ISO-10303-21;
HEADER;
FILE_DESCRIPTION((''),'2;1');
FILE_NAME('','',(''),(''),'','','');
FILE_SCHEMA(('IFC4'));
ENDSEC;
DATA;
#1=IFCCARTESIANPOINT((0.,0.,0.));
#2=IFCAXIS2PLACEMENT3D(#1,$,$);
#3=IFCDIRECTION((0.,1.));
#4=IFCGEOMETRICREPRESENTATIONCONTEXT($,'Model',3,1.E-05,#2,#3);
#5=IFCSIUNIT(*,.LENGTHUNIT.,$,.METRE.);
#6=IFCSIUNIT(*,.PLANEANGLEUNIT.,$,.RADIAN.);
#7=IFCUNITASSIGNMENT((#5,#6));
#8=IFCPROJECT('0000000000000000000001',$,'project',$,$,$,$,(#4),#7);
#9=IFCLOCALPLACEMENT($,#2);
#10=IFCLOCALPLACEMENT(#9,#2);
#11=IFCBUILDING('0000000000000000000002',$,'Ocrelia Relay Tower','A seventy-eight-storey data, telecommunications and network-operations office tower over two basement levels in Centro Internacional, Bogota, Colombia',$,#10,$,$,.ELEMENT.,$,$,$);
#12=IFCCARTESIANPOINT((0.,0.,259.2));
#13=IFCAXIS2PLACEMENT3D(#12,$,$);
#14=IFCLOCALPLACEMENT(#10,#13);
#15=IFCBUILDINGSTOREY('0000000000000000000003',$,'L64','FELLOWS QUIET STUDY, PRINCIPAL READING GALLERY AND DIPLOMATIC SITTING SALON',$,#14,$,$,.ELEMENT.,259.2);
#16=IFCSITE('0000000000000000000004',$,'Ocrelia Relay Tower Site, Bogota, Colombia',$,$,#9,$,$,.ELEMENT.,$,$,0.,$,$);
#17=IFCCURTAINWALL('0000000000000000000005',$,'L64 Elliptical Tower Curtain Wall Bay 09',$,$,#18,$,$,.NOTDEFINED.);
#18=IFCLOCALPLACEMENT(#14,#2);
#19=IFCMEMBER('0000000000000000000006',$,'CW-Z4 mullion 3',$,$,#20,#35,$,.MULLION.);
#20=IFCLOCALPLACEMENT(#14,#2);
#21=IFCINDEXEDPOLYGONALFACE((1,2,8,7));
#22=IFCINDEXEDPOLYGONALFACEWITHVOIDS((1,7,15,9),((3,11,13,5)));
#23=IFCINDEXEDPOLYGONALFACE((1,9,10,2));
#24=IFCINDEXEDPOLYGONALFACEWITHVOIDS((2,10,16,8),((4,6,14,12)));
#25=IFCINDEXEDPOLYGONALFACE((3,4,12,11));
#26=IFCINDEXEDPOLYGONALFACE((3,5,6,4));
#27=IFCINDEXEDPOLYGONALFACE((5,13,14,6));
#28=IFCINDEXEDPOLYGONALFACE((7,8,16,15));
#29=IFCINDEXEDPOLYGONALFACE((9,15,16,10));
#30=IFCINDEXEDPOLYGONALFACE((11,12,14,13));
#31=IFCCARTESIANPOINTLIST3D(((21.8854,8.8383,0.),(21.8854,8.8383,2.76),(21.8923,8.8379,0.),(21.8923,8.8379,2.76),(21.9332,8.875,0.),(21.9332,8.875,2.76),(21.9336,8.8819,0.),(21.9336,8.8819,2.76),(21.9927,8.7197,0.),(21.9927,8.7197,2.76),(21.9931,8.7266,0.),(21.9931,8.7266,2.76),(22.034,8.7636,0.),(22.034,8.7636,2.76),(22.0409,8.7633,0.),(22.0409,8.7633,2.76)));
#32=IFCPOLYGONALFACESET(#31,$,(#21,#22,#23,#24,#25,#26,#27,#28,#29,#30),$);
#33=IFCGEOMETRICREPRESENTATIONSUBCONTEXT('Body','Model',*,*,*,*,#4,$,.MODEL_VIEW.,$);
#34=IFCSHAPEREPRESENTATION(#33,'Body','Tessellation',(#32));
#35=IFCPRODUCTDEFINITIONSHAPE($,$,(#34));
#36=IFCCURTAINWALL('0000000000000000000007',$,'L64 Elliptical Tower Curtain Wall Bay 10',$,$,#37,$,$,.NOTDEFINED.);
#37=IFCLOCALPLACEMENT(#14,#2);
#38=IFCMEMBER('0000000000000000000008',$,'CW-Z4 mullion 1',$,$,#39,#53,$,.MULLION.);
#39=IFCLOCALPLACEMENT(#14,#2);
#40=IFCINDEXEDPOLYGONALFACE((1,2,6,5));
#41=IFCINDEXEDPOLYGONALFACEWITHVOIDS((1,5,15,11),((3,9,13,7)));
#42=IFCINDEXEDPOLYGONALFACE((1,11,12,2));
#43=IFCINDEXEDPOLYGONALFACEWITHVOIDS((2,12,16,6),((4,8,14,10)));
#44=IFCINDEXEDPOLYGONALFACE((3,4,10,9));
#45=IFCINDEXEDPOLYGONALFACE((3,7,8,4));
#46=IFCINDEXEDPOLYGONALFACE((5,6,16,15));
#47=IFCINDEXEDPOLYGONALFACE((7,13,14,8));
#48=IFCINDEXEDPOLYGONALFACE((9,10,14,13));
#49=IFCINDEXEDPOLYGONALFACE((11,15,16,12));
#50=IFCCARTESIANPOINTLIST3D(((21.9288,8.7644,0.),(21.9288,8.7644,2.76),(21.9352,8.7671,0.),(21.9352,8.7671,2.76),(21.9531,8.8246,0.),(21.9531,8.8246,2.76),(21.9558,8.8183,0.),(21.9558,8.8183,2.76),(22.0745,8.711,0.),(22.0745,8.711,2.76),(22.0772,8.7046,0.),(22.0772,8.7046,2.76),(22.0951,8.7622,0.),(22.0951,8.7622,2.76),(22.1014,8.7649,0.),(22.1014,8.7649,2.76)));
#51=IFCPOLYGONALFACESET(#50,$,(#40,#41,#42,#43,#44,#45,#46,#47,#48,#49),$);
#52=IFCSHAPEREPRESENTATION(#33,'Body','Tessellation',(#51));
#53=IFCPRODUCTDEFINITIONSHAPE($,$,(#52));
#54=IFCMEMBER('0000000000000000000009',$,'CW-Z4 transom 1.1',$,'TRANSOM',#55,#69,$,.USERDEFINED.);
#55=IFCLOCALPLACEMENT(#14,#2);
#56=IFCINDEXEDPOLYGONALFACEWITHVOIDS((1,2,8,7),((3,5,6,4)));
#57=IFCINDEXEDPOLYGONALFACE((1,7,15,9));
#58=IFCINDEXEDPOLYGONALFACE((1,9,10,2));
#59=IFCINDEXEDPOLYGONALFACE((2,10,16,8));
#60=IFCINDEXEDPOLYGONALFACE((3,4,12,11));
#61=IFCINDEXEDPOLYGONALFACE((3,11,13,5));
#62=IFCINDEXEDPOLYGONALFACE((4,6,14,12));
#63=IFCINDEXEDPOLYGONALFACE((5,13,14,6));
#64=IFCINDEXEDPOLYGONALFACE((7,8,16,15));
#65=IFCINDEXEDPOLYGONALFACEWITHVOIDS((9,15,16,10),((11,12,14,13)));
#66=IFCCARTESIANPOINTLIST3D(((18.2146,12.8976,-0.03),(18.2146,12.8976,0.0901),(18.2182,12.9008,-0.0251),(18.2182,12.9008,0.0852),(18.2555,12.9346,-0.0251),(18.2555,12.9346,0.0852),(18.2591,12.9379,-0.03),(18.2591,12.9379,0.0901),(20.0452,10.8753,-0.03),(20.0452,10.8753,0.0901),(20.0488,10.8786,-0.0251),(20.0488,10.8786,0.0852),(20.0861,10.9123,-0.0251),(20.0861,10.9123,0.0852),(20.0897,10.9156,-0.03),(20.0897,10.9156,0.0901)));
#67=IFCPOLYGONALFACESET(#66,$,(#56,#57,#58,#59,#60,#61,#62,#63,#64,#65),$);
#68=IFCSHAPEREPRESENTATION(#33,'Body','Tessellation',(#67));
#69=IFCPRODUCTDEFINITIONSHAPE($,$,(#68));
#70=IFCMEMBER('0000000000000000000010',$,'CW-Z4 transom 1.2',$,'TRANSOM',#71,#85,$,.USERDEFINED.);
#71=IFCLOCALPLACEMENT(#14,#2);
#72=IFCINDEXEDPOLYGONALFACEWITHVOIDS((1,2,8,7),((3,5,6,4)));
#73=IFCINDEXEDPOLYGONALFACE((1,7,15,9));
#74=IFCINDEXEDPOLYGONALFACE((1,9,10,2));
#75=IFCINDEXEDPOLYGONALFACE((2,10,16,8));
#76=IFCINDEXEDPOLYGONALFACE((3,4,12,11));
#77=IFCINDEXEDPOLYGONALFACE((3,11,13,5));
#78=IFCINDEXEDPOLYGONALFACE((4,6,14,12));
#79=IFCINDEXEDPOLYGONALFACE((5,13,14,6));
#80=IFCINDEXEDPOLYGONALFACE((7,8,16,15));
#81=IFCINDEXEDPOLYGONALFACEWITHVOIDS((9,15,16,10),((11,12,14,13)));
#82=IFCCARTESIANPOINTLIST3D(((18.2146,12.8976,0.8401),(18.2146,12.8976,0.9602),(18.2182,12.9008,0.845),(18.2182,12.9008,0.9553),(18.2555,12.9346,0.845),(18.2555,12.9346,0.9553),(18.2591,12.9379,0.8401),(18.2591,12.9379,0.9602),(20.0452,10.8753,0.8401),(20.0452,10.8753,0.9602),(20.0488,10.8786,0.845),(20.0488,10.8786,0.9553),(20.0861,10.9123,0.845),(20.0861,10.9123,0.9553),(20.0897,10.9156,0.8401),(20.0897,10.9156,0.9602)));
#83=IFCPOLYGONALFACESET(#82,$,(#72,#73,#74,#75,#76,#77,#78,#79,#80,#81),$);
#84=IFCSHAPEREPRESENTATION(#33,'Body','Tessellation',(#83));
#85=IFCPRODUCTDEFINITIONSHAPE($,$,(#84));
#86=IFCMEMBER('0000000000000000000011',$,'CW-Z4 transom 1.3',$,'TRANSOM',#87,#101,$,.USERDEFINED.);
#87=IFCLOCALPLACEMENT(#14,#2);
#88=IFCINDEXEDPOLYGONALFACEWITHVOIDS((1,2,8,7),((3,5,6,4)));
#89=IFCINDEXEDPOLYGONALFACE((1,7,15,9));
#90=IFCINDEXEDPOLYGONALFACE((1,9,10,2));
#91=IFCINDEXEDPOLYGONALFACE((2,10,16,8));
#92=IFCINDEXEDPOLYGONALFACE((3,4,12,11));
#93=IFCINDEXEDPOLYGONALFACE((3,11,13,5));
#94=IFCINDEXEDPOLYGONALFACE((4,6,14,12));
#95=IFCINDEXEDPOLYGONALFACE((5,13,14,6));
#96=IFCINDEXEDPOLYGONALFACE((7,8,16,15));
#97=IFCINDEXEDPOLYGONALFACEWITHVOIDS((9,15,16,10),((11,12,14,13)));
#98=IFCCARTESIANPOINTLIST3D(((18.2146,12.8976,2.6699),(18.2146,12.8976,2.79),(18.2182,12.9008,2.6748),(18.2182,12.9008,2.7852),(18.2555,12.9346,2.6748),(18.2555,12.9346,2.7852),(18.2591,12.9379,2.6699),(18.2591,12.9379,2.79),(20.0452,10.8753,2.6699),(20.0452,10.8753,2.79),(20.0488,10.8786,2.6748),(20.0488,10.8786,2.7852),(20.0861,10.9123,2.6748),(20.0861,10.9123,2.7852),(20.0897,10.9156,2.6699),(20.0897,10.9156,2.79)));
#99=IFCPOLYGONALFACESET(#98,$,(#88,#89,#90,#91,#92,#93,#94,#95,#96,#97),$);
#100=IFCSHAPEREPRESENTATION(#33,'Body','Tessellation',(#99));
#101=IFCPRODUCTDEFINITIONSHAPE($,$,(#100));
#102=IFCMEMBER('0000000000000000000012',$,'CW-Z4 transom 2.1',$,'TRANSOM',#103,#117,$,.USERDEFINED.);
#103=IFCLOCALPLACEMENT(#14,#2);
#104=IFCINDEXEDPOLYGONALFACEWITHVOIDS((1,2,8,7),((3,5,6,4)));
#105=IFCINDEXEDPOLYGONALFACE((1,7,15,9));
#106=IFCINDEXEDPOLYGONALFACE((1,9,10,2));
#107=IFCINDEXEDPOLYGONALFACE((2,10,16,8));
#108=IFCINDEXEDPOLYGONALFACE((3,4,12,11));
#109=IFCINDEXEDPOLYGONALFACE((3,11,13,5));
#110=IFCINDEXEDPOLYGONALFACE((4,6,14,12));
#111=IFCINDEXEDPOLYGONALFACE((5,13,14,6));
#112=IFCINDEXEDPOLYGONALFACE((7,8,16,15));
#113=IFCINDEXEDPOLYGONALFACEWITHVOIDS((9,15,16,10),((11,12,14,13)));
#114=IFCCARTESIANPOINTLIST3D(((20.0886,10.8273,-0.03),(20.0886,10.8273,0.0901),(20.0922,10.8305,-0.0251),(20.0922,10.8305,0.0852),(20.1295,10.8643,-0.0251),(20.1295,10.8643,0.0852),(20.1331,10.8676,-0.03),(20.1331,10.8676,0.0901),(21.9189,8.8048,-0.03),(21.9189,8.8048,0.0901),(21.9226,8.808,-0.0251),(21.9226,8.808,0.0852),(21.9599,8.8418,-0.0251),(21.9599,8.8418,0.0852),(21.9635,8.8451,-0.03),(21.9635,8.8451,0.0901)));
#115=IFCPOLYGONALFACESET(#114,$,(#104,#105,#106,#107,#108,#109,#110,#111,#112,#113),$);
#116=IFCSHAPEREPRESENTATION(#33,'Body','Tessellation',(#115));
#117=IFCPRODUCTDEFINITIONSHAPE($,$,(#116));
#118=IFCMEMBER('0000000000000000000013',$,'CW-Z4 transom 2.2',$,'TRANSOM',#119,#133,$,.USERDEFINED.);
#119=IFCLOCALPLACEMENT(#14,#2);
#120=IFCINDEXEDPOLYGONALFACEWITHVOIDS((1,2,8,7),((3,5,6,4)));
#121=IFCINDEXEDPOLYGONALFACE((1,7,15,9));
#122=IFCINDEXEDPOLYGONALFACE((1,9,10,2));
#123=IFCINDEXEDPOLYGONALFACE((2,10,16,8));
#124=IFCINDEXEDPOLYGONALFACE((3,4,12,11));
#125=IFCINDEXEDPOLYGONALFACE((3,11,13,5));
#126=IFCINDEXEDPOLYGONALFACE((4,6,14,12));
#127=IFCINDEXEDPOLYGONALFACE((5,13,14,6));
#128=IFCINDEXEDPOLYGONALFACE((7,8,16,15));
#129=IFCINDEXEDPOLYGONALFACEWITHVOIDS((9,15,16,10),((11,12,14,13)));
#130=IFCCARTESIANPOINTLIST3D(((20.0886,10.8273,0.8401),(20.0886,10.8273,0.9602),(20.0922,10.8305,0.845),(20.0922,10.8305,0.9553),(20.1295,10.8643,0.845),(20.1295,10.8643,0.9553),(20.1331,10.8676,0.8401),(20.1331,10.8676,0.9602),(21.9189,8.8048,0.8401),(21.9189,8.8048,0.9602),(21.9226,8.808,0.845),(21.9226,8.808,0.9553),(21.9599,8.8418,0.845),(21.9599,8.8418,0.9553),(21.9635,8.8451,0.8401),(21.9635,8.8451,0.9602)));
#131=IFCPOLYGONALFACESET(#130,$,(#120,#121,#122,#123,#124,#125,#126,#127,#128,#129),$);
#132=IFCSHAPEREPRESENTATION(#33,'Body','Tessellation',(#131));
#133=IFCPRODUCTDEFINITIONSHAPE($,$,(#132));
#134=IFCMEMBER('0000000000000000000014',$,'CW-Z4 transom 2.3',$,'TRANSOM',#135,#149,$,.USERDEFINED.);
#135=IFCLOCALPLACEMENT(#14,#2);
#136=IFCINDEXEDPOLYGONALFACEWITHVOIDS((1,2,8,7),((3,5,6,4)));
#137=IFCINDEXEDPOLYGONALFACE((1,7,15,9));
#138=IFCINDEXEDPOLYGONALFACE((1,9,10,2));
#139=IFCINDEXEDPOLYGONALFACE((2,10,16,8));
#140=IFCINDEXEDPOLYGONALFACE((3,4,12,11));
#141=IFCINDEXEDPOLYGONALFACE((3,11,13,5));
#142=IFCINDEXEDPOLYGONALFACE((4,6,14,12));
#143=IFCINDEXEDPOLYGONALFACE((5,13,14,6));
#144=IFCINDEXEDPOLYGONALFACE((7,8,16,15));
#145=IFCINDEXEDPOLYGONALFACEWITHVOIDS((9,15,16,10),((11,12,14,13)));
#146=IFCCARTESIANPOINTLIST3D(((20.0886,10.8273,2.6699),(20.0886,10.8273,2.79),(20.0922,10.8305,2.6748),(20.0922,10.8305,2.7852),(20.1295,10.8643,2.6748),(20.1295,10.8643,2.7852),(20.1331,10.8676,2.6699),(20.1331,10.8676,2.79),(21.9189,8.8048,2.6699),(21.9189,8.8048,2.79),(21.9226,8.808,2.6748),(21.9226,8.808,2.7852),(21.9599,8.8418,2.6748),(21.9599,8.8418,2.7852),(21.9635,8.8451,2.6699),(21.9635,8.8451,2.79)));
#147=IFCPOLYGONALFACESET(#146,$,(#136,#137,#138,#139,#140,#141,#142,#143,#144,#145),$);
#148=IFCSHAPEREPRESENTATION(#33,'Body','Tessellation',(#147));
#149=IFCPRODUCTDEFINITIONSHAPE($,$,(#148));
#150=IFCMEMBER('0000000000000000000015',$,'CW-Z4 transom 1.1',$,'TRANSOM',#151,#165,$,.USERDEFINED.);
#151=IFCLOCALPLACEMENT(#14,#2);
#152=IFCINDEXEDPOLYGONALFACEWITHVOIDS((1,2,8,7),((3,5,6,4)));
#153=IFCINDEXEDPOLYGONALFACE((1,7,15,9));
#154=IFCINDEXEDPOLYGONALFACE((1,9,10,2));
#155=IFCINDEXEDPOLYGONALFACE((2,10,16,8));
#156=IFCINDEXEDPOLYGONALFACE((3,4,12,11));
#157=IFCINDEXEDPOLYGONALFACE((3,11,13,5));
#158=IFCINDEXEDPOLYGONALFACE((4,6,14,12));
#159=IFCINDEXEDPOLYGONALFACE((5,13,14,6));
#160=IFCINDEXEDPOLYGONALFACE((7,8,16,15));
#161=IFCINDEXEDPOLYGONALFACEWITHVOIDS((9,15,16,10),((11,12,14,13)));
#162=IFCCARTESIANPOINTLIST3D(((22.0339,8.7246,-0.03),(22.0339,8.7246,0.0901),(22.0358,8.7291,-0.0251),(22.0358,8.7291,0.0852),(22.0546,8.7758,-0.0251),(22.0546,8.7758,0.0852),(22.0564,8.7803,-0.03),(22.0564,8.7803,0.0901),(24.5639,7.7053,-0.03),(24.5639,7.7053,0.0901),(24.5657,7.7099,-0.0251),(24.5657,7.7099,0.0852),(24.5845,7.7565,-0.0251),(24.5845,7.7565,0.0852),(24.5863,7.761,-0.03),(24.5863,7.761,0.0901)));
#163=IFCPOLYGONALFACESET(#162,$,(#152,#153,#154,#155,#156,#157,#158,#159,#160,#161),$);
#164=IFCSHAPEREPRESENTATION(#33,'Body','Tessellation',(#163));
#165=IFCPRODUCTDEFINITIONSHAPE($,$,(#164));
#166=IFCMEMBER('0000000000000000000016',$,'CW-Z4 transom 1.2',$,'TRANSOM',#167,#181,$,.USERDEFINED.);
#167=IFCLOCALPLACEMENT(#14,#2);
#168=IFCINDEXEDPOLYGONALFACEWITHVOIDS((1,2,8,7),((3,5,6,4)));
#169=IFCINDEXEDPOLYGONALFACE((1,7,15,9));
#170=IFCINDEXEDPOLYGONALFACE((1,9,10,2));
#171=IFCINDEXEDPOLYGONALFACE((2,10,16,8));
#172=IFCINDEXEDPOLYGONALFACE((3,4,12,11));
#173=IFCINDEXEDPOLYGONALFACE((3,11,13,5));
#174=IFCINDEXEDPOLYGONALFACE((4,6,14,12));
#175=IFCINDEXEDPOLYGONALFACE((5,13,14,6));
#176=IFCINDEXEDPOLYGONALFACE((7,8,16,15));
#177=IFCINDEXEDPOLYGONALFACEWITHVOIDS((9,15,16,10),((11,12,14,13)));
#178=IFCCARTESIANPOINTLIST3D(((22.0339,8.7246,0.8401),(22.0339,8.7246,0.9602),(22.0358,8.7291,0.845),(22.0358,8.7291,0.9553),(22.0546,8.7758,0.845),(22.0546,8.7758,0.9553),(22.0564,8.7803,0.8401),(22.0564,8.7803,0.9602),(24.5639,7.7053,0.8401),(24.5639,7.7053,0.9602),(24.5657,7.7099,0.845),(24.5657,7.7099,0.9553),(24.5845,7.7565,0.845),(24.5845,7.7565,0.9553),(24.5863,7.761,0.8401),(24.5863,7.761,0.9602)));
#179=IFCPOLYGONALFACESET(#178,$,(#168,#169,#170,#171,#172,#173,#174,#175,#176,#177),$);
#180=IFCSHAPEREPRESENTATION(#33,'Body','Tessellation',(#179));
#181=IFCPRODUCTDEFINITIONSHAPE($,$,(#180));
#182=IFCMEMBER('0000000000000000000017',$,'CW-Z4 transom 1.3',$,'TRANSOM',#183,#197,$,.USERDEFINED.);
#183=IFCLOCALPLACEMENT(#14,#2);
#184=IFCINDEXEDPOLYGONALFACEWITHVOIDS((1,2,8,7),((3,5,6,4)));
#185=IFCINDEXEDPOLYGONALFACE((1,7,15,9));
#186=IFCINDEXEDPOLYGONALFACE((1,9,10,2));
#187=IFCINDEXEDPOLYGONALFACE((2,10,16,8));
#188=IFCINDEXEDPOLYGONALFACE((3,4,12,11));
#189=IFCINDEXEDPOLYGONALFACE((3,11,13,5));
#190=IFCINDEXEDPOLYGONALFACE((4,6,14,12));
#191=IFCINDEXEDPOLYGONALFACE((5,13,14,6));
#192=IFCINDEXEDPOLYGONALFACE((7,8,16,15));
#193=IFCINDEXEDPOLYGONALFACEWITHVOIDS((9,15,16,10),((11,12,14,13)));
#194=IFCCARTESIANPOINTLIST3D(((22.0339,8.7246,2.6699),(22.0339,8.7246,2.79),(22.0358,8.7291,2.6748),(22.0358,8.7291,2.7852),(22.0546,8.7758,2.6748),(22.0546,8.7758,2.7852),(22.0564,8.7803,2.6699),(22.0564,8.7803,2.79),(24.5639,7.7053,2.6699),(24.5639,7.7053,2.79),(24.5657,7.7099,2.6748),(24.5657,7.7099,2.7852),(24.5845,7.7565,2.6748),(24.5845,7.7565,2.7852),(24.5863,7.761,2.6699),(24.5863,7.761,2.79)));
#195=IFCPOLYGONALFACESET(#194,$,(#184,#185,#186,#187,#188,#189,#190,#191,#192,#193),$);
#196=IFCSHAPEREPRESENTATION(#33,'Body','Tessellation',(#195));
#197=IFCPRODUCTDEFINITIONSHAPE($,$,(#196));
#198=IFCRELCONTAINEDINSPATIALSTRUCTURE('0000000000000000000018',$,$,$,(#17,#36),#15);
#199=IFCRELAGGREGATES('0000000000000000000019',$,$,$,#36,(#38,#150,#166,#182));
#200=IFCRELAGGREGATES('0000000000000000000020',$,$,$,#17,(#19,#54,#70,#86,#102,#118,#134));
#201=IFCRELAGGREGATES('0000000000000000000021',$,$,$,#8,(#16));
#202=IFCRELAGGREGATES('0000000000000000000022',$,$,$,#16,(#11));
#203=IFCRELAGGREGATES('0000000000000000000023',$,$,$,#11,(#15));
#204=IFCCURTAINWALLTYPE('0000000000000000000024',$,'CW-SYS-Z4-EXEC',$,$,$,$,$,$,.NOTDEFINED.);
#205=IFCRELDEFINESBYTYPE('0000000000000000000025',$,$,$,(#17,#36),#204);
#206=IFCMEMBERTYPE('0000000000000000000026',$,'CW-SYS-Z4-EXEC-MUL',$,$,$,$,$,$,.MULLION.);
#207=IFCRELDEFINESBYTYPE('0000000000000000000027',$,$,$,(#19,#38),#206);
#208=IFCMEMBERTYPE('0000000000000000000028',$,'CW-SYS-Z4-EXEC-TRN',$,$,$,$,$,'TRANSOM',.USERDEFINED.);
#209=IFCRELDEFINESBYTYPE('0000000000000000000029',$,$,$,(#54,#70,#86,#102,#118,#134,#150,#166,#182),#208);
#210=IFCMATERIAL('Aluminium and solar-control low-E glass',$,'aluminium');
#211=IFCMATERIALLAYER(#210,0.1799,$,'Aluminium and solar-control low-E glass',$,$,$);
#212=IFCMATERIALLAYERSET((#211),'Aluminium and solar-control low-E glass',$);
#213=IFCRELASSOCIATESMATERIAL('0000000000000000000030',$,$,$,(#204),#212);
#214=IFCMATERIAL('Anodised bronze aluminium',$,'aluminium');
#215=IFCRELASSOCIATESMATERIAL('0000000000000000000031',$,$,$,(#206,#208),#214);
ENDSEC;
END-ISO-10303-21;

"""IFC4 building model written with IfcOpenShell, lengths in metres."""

from ifc_helpers import new_model, si_unit, direction, frame, origin, origin_2d, place, context, subcontext, project, spatial, hollow_rectangle, extrude, material, layer, layer_set, material_profile, profile_set, type_object, element, aggregate, save


model = new_model("IFC4")

# Units and contexts
model_context = context("Model", 3, precision=1e-05, world=origin(), true_north=direction((0.0, 1.0)))
body_context = subcontext(model_context, "Body", "Model", "MODEL_VIEW")
ifc_project = project(units=[si_unit("LENGTHUNIT", "METRE"), si_unit("PLANEANGLEUNIT", "RADIAN")], contexts=[model_context])

# Site, building, storey
site_placement = place(None, origin())
site = spatial("IfcSite", under=ifc_project, at=site_placement, Name="Ocrelia Relay Tower Site, Bogota, Colombia", CompositionType="ELEMENT", RefElevation=0.0)
building_placement = place(site_placement, origin())
building = spatial("IfcBuilding", under=site, at=building_placement, Name="Ocrelia Relay Tower", Description="A seventy-eight-storey data, telecommunications and network-operations office tower over two basement levels in Centro Internacional, Bogota, Colombia", CompositionType="ELEMENT")
storey_placement = place(building_placement, frame((0.0, 0.0, 259.2)))
storey = spatial("IfcBuildingStorey", under=building, at=storey_placement, Name="L64", Description="FELLOWS QUIET STUDY, PRINCIPAL READING GALLERY AND DIPLOMATIC SITTING SALON", CompositionType="ELEMENT", Elevation=259.2)

# Curtain wall, member
ifc_material_1 = material(Name="Aluminium and solar-control low-E glass", Category="aluminium")
ifc_layer_1 = layer(ifc_material_1, 0.1799, Name="Aluminium and solar-control low-E glass")
ifc_layer_set_1 = layer_set([ifc_layer_1], Name="Aluminium and solar-control low-E glass")
curtain_wall_type = type_object("IfcCurtainWallType", Name="CW-SYS-Z4-EXEC", PredefinedType="NOTDEFINED", material=ifc_layer_set_1)
curtain_wall_1_placement = place(storey_placement, origin())
curtain_wall_1 = element("IfcCurtainWall", 1, at=curtain_wall_1_placement, inside=storey, type_object=curtain_wall_type, Name="L64 Elliptical Tower Curtain Wall Bay 09", PredefinedType="NOTDEFINED")
ifc_material_2 = material(Name="Anodised bronze aluminium", Category="aluminium")
ifc_material_profile_1 = material_profile(ifc_material_2, hollow_rectangle(XDim=0.0649, YDim=0.1599, WallThickness=0.0049, at=origin_2d()), Name="CW-MUL-160x65")
ifc_profile_set_1 = profile_set([ifc_material_profile_1], Name="Anodised bronze aluminium")
member_type_1 = type_object("IfcMemberType", Name="CW-SYS-Z4-EXEC-MUL", PredefinedType="MULLION", material=ifc_profile_set_1)
member_1_placement = place(storey_placement, frame((21.9631, 8.8008, 0.0), z_axis=(0.0, 0.0, 1.0), x_axis=(0.741415, 0.671047, 0.0)))
member_1 = element("IfcMember", 2, at=member_1_placement, type_object=member_type_1, Name="CW-Z4 mullion 3", PredefinedType="MULLION", context=body_context, shape_type="SweptSolid", body=[
    extrude(hollow_rectangle(XDim=0.0649, YDim=0.1599, WallThickness=0.0049, at=origin_2d()), origin(), (0.0, 0.0, 1.0), 2.76),
])

# Curtain wall, member
curtain_wall_2_placement = place(storey_placement, origin())
curtain_wall_2 = element("IfcCurtainWall", 3, at=curtain_wall_2_placement, inside=storey, type_object=curtain_wall_type, Name="L64 Elliptical Tower Curtain Wall Bay 10", PredefinedType="NOTDEFINED")
member_2_placement = place(storey_placement, frame((22.0151, 8.7646, 0.0), z_axis=(0.0, 0.0, 1.0), x_axis=(0.373751, 0.927529, 0.0)))
member_2 = element("IfcMember", 4, at=member_2_placement, type_object=member_type_1, Name="CW-Z4 mullion 1", PredefinedType="MULLION", context=body_context, shape_type="SweptSolid", body=[
    extrude(hollow_rectangle(XDim=0.0649, YDim=0.1599, WallThickness=0.0049, at=origin_2d()), origin(), (0.0, 0.0, 1.0), 2.76),
])

# Members
ifc_material_profile_2 = material_profile(ifc_material_2, hollow_rectangle(XDim=0.0601, YDim=0.1201, WallThickness=0.0049, at=origin_2d()), Name="CW-TRN-120x60")
ifc_profile_set_2 = profile_set([ifc_material_profile_2], Name="Anodised bronze aluminium")
member_type_2 = type_object("IfcMemberType", Name="CW-SYS-Z4-EXEC-TRN", ElementType="TRANSOM", PredefinedType="USERDEFINED", material=ifc_profile_set_2)
member_3_placement = place(storey_placement, frame((18.2368, 12.9177, 0.03), z_axis=(0.671103, -0.741364, 0.0), x_axis=(0.741364, 0.671103, 0.0)))
member_3 = element("IfcMember", 5, at=member_3_placement, type_object=member_type_2, Name="CW-Z4 transom 1.1", ObjectType="TRANSOM", PredefinedType="USERDEFINED", context=body_context, shape_type="SweptSolid", body=[
    extrude(hollow_rectangle(XDim=0.0601, YDim=0.1201, WallThickness=0.0049, at=origin_2d()), origin(), (0.0, 0.0, 1.0), 2.7278),
])
member_4_placement = place(storey_placement, frame((18.2368, 12.9177, 0.9001), z_axis=(0.671103, -0.741364, 0.0), x_axis=(0.741364, 0.671103, 0.0)))
member_4 = element("IfcMember", 6, at=member_4_placement, type_object=member_type_2, Name="CW-Z4 transom 1.2", ObjectType="TRANSOM", PredefinedType="USERDEFINED", context=body_context, shape_type="SweptSolid", body=[
    extrude(hollow_rectangle(XDim=0.0601, YDim=0.1201, WallThickness=0.0049, at=origin_2d()), origin(), (0.0, 0.0, 1.0), 2.7278),
])
member_5_placement = place(storey_placement, frame((18.2368, 12.9177, 2.73), z_axis=(0.671103, -0.741364, 0.0), x_axis=(0.741364, 0.671103, 0.0)))
member_5 = element("IfcMember", 7, at=member_5_placement, type_object=member_type_2, Name="CW-Z4 transom 1.3", ObjectType="TRANSOM", PredefinedType="USERDEFINED", context=body_context, shape_type="SweptSolid", body=[
    extrude(hollow_rectangle(XDim=0.0601, YDim=0.1201, WallThickness=0.0049, at=origin_2d()), origin(), (0.0, 0.0, 1.0), 2.7278),
])
member_6_placement = place(storey_placement, frame((20.1108, 10.8474, 0.03), z_axis=(0.671009, -0.741449, 0.0), x_axis=(0.741449, 0.671009, 0.0)))
member_6 = element("IfcMember", 8, at=member_6_placement, type_object=member_type_2, Name="CW-Z4 transom 2.1", ObjectType="TRANSOM", PredefinedType="USERDEFINED", context=body_context, shape_type="SweptSolid", body=[
    extrude(hollow_rectangle(XDim=0.0601, YDim=0.1201, WallThickness=0.0049, at=origin_2d()), origin(), (0.0, 0.0, 1.0), 2.7278),
])
member_7_placement = place(storey_placement, frame((20.1108, 10.8474, 0.9001), z_axis=(0.671009, -0.741449, 0.0), x_axis=(0.741449, 0.671009, 0.0)))
member_7 = element("IfcMember", 9, at=member_7_placement, type_object=member_type_2, Name="CW-Z4 transom 2.2", ObjectType="TRANSOM", PredefinedType="USERDEFINED", context=body_context, shape_type="SweptSolid", body=[
    extrude(hollow_rectangle(XDim=0.0601, YDim=0.1201, WallThickness=0.0049, at=origin_2d()), origin(), (0.0, 0.0, 1.0), 2.7278),
])
member_8_placement = place(storey_placement, frame((20.1108, 10.8474, 2.73), z_axis=(0.671009, -0.741449, 0.0), x_axis=(0.741449, 0.671009, 0.0)))
member_8 = element("IfcMember", 10, at=member_8_placement, type_object=member_type_2, Name="CW-Z4 transom 2.3", ObjectType="TRANSOM", PredefinedType="USERDEFINED", context=body_context, shape_type="SweptSolid", body=[
    extrude(hollow_rectangle(XDim=0.0601, YDim=0.1201, WallThickness=0.0049, at=origin_2d()), origin(), (0.0, 0.0, 1.0), 2.7278),
])
member_9_placement = place(storey_placement, frame((22.0452, 8.7524, 0.03), z_axis=(0.927554, -0.373689, 0.0), x_axis=(0.373689, 0.927554, 0.0)))
member_9 = element("IfcMember", 11, at=member_9_placement, type_object=member_type_2, Name="CW-Z4 transom 1.1", ObjectType="TRANSOM", PredefinedType="USERDEFINED", context=body_context, shape_type="SweptSolid", body=[
    extrude(hollow_rectangle(XDim=0.0601, YDim=0.1201, WallThickness=0.0049, at=origin_2d()), origin(), (0.0, 0.0, 1.0), 2.7275),
])
member_10_placement = place(storey_placement, frame((22.0452, 8.7524, 0.9001), z_axis=(0.927554, -0.373689, 0.0), x_axis=(0.373689, 0.927554, 0.0)))
member_10 = element("IfcMember", 12, at=member_10_placement, type_object=member_type_2, Name="CW-Z4 transom 1.2", ObjectType="TRANSOM", PredefinedType="USERDEFINED", context=body_context, shape_type="SweptSolid", body=[
    extrude(hollow_rectangle(XDim=0.0601, YDim=0.1201, WallThickness=0.0049, at=origin_2d()), origin(), (0.0, 0.0, 1.0), 2.7275),
])
member_11_placement = place(storey_placement, frame((22.0452, 8.7524, 2.73), z_axis=(0.927554, -0.373689, 0.0), x_axis=(0.373689, 0.927554, 0.0)))
member_11 = element("IfcMember", 13, at=member_11_placement, type_object=member_type_2, Name="CW-Z4 transom 1.3", ObjectType="TRANSOM", PredefinedType="USERDEFINED", context=body_context, shape_type="SweptSolid", body=[
    extrude(hollow_rectangle(XDim=0.0601, YDim=0.1201, WallThickness=0.0049, at=origin_2d()), origin(), (0.0, 0.0, 1.0), 2.7275),
])
aggregate(curtain_wall_2, [member_2, member_9, member_10, member_11])

aggregate(curtain_wall_1, [member_1, member_3, member_4, member_5, member_6, member_7, member_8])

save(model, "model.ifc")
